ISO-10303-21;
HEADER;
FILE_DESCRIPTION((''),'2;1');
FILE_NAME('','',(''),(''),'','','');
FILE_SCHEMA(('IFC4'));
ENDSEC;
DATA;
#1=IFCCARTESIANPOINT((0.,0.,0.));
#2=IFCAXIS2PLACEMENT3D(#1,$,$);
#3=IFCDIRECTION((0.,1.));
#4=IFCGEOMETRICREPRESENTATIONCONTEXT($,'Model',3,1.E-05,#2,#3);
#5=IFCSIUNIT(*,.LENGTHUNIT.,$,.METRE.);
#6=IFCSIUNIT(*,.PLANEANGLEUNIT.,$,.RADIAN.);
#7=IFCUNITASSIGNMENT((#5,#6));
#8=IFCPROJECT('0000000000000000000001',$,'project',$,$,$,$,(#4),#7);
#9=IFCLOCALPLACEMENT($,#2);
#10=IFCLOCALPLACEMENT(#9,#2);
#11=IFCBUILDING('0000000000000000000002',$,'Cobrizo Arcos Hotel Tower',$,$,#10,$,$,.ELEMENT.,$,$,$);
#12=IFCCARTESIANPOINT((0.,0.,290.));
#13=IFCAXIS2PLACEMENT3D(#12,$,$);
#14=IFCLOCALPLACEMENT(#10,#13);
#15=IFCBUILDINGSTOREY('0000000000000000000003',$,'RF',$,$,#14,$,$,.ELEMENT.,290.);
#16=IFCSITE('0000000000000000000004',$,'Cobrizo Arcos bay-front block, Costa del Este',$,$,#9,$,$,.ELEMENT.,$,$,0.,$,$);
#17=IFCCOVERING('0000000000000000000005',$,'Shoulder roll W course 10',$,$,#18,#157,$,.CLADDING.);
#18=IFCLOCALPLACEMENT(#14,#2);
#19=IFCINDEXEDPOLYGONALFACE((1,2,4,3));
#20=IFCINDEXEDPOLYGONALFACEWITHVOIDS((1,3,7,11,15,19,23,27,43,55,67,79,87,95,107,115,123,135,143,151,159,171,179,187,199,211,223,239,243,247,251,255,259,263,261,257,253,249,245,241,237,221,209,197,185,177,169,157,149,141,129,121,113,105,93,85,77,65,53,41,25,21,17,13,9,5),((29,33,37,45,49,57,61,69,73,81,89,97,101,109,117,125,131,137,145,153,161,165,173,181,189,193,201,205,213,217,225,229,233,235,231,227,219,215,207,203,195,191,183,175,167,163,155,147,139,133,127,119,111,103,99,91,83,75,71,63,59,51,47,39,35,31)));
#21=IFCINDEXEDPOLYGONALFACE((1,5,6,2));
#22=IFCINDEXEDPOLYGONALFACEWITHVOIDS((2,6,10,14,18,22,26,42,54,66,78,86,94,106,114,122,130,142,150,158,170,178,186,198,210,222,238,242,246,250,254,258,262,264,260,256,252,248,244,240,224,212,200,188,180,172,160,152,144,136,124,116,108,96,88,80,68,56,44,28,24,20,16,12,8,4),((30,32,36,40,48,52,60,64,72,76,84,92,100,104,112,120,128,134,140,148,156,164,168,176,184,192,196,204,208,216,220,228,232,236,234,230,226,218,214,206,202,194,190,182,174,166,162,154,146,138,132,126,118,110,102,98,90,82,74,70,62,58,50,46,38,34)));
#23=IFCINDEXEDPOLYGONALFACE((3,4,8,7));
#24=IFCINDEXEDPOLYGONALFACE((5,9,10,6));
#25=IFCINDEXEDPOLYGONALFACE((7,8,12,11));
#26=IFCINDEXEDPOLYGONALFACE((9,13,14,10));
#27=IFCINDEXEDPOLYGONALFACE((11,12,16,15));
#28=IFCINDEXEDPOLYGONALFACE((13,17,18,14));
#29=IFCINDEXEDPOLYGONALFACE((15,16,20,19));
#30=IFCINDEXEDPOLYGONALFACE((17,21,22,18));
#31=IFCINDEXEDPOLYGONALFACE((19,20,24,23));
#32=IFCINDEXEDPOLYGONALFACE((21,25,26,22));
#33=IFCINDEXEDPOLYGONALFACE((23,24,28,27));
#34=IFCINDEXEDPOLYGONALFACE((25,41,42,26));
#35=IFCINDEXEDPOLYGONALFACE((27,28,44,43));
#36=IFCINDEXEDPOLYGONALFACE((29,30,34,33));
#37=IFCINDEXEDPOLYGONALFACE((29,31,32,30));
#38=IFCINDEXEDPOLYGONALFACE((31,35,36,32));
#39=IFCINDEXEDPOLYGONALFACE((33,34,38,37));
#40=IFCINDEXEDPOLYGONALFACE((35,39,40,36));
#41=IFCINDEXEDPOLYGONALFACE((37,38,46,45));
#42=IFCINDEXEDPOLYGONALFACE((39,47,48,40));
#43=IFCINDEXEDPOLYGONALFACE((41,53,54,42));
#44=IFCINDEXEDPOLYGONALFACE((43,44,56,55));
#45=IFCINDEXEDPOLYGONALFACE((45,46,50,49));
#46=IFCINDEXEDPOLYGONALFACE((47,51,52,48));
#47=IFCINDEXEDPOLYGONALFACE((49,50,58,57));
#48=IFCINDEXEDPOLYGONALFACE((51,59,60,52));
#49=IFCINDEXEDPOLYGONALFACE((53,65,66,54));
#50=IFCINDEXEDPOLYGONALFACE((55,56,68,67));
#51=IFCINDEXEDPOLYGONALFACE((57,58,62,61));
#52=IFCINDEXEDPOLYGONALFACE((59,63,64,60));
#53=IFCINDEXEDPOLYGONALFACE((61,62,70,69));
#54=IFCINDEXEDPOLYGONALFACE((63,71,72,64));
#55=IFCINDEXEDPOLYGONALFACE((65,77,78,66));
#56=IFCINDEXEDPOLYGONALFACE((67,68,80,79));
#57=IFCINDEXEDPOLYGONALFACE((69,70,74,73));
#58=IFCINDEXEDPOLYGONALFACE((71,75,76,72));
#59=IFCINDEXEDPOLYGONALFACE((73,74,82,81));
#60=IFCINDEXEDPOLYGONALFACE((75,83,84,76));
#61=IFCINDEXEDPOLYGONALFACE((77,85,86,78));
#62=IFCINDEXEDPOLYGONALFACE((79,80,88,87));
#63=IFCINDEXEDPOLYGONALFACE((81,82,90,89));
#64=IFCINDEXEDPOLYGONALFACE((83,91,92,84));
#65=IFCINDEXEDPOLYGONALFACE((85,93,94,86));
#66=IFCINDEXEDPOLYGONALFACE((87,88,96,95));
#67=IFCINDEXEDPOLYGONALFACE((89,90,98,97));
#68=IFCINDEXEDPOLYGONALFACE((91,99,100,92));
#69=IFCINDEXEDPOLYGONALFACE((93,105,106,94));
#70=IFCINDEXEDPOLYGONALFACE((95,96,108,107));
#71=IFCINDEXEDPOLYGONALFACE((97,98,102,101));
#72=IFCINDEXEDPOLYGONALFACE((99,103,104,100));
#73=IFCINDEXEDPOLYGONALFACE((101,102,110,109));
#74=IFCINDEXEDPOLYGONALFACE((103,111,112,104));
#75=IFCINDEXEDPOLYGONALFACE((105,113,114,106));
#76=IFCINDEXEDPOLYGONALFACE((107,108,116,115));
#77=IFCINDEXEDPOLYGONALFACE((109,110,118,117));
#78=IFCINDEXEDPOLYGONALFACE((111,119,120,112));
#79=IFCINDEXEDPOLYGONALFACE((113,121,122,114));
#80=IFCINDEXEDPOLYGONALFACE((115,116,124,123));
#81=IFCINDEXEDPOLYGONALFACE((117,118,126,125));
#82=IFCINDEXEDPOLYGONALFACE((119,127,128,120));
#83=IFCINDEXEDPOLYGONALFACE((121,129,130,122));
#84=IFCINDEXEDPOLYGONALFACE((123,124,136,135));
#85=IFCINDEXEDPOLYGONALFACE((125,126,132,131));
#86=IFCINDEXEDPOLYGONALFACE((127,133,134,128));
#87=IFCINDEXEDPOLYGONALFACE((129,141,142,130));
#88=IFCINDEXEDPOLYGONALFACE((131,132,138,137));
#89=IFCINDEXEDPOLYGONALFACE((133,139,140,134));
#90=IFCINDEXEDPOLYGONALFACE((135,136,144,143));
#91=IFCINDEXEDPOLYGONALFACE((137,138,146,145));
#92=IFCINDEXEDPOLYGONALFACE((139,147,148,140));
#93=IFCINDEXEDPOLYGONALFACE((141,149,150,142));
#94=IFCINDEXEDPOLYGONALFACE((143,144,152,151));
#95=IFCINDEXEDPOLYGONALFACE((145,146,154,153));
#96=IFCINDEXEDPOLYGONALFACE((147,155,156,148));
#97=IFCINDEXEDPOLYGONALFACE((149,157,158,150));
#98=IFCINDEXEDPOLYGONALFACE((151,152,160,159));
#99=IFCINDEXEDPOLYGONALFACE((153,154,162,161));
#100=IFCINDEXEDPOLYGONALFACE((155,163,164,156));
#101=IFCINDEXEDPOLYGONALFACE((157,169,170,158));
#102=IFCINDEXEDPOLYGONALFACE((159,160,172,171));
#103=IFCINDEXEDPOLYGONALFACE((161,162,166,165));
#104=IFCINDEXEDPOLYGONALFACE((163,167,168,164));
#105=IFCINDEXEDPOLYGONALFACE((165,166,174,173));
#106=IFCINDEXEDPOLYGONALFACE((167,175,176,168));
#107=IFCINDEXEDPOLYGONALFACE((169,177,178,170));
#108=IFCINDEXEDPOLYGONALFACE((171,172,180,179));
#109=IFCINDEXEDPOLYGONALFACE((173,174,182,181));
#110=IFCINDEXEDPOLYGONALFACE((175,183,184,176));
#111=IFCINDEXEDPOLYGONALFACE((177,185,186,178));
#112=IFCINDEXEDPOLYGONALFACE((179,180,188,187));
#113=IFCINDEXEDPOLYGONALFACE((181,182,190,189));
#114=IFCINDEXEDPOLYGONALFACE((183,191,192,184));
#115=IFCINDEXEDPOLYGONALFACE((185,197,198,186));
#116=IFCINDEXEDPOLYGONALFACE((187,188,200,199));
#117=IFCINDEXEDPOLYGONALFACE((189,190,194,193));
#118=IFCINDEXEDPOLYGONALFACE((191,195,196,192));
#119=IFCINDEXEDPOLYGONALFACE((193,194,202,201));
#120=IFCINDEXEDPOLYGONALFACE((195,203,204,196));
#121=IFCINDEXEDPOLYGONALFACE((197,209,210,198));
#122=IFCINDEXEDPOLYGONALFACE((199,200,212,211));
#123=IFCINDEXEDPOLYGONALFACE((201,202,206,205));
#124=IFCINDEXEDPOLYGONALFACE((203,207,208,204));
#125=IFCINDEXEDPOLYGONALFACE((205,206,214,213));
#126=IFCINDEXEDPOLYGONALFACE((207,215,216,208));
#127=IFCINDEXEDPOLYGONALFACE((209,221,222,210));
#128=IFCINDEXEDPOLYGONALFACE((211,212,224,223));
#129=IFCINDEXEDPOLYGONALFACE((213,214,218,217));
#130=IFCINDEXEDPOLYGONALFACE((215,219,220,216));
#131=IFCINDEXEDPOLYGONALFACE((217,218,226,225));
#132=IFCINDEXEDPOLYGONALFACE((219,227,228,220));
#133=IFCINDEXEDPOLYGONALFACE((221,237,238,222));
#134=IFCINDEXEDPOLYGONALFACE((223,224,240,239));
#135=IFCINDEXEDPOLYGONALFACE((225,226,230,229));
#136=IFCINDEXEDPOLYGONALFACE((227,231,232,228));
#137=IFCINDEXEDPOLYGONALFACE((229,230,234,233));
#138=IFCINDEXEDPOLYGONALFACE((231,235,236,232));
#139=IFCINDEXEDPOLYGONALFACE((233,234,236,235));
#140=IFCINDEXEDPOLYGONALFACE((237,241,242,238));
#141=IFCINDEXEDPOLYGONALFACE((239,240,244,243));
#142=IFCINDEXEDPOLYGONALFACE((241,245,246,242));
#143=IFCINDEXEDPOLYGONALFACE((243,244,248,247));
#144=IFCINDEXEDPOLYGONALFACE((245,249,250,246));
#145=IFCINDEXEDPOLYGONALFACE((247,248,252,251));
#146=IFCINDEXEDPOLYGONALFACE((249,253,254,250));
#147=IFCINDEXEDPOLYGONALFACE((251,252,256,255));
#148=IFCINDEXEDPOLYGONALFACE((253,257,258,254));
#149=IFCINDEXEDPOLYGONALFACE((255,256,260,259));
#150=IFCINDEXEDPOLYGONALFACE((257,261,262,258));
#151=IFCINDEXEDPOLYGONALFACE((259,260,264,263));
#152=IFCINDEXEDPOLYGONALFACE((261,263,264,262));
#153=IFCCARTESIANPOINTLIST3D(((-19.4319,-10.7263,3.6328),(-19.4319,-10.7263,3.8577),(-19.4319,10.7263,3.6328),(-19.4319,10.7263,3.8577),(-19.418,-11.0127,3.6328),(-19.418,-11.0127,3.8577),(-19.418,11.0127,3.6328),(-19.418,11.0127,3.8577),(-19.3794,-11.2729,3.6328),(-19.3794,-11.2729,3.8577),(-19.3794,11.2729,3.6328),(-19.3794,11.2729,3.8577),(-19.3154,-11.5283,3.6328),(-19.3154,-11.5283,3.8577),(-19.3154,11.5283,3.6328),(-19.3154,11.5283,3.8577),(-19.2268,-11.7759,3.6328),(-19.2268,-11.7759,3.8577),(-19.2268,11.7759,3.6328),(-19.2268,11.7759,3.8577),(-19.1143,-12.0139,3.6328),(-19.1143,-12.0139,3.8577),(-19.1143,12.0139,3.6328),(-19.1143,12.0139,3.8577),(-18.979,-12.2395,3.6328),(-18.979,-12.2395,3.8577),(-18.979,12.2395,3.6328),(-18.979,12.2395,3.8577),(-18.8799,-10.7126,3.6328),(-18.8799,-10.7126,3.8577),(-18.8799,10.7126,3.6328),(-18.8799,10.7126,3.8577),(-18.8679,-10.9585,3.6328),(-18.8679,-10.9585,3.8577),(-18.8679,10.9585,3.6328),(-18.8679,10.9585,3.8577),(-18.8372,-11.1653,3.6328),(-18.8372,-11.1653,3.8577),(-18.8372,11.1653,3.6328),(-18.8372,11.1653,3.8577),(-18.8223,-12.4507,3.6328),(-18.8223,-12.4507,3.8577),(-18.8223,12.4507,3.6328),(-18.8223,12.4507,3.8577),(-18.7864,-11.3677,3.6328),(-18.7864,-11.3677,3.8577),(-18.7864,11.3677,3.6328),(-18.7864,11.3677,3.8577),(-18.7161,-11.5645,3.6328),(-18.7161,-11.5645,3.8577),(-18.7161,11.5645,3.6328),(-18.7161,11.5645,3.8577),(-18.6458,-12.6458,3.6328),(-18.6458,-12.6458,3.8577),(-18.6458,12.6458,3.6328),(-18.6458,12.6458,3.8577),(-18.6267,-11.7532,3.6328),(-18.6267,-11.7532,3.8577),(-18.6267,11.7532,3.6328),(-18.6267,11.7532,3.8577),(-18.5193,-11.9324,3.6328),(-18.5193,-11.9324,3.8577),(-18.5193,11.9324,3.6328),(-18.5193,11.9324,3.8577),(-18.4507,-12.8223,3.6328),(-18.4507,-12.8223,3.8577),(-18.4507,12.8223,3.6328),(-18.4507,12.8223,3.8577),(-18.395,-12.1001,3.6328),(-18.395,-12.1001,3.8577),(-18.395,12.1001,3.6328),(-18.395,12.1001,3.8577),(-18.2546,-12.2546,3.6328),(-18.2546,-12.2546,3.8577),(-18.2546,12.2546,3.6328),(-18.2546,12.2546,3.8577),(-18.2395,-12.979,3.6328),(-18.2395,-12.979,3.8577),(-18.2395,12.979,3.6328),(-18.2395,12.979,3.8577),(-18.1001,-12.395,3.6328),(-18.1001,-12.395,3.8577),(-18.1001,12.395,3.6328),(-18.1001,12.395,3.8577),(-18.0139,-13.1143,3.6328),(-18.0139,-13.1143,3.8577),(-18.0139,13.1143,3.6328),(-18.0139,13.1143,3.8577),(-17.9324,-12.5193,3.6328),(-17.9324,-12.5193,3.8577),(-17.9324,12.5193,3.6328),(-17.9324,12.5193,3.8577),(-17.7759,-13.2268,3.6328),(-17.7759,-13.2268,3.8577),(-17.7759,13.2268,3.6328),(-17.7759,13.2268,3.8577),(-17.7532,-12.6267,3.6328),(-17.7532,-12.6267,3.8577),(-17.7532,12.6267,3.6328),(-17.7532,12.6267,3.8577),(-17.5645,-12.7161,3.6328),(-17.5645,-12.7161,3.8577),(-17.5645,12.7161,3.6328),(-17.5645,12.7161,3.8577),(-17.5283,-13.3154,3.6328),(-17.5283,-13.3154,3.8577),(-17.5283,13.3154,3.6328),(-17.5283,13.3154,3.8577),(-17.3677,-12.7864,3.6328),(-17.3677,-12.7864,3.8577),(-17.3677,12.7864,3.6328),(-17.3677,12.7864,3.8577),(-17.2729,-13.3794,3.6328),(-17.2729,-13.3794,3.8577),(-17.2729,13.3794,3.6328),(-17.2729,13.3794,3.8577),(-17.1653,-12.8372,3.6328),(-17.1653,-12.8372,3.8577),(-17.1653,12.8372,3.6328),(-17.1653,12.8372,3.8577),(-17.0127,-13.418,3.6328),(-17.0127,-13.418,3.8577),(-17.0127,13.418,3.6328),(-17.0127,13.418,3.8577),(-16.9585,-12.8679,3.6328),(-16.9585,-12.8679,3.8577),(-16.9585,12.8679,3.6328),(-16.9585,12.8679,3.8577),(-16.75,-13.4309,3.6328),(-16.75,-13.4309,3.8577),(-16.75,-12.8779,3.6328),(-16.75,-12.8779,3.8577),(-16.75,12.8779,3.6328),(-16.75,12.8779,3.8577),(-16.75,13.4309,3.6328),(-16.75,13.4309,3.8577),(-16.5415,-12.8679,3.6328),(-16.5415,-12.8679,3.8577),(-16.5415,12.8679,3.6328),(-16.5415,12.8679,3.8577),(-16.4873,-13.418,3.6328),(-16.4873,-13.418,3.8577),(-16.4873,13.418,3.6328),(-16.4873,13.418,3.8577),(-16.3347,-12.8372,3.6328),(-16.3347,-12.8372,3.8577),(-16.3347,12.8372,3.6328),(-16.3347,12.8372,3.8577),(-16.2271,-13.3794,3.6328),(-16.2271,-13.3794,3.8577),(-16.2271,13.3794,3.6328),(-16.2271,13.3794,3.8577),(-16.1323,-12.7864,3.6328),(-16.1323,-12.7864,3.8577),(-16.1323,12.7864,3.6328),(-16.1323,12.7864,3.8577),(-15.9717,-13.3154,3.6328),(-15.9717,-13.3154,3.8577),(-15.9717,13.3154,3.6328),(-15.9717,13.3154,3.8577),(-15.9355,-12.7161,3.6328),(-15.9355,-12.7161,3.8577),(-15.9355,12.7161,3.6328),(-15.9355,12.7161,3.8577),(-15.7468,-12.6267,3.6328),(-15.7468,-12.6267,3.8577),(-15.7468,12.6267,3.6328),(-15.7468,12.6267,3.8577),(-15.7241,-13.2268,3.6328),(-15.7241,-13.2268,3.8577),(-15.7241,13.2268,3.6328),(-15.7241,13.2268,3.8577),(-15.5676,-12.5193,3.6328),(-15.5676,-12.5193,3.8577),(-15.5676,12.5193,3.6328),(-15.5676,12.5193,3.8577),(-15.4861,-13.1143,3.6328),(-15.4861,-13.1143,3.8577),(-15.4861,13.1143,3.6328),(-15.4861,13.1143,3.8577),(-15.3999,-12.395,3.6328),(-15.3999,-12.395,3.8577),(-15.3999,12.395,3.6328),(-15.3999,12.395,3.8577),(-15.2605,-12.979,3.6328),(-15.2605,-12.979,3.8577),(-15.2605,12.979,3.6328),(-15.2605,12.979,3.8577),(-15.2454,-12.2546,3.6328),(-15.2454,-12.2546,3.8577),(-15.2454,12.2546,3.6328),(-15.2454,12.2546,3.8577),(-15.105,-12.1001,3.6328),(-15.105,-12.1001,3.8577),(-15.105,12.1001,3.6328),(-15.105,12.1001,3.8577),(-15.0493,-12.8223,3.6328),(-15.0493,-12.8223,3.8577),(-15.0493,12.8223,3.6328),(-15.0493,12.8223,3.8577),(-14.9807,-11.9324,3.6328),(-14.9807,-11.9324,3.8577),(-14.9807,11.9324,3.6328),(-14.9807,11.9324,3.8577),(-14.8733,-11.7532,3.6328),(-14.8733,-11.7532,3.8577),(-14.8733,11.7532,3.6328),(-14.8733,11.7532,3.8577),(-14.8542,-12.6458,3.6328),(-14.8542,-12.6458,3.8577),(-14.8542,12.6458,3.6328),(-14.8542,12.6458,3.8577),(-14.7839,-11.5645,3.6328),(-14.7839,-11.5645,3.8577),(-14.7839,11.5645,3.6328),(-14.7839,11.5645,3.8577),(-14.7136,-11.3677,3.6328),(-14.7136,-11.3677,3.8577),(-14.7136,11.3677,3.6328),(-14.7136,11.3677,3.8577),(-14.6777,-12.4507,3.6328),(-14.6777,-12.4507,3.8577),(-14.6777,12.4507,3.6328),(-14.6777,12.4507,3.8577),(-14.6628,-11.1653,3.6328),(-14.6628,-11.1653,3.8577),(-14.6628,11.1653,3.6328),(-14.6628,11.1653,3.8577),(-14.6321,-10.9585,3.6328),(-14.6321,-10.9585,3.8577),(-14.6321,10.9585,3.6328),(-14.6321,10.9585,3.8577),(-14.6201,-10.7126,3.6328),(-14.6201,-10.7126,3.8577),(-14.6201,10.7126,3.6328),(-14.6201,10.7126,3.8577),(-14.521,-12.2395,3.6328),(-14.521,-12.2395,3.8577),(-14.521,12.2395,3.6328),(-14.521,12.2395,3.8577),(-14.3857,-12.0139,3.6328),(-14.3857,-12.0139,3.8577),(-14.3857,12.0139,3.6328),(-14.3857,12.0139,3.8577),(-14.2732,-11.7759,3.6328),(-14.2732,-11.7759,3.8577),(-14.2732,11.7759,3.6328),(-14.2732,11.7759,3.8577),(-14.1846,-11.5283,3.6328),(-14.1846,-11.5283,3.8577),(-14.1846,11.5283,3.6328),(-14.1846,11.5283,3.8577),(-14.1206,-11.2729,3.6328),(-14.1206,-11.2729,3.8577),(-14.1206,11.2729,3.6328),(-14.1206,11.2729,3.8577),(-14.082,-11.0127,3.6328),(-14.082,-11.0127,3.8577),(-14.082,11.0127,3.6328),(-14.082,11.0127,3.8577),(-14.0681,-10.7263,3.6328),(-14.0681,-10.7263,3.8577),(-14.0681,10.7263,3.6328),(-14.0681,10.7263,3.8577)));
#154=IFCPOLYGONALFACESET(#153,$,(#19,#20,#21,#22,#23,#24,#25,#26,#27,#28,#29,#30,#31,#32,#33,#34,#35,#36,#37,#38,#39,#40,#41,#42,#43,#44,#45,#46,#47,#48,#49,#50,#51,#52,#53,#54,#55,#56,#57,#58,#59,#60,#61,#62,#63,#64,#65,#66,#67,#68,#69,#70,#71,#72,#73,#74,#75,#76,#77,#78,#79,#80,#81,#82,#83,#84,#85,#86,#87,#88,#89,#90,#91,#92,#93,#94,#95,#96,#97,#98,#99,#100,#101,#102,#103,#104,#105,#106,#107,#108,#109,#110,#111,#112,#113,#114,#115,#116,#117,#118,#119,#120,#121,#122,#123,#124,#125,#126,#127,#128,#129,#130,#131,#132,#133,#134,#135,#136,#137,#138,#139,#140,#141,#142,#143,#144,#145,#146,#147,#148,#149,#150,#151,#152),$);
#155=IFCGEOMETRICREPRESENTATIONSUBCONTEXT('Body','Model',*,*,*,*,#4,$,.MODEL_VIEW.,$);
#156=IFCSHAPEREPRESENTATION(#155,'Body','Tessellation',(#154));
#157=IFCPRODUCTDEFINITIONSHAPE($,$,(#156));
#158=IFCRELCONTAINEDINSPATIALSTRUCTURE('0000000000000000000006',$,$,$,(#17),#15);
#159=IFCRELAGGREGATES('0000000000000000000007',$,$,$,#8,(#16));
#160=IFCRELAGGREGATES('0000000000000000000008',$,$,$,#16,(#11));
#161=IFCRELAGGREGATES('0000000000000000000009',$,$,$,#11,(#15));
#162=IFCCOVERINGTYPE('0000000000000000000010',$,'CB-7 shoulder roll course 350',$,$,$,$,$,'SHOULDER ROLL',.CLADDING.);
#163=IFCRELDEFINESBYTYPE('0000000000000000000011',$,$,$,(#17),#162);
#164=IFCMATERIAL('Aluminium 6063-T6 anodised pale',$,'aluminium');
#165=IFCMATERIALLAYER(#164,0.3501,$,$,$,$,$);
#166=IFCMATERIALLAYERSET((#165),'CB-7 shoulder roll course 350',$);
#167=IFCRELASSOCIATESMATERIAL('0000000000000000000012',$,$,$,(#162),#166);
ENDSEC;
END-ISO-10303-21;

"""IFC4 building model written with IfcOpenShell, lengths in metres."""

from ifc_helpers import new_model, si_unit, direction, frame, origin, place, context, subcontext, project, spatial, polyline, outline, extrude, material, layer, layer_set, type_object, element, save


model = new_model("IFC4")

# Units and contexts
model_context = context("Model", 3, precision=1e-05, world=origin(), true_north=direction((0.0, 1.0)))
body_context = subcontext(model_context, "Body", "Model", "MODEL_VIEW")
ifc_project = project(units=[si_unit("LENGTHUNIT", "METRE"), si_unit("PLANEANGLEUNIT", "RADIAN")], contexts=[model_context])

# Site, building, storey
site_placement = place(None, origin())
site = spatial("IfcSite", under=ifc_project, at=site_placement, Name="Cobrizo Arcos bay-front block, Costa del Este", CompositionType="ELEMENT", RefElevation=0.0)
building_placement = place(site_placement, origin())
building = spatial("IfcBuilding", under=site, at=building_placement, Name="Cobrizo Arcos Hotel Tower", CompositionType="ELEMENT")
storey_placement = place(building_placement, frame((0.0, 0.0, 290.0)))
storey = spatial("IfcBuildingStorey", under=building, at=storey_placement, Name="RF", CompositionType="ELEMENT", Elevation=290.0)

# Covering
ifc_material_1 = material(Name="Aluminium 6063-T6 anodised pale", Category="aluminium")
ifc_layer_1 = layer(ifc_material_1, 0.3501)
ifc_layer_set_1 = layer_set([ifc_layer_1], Name="CB-7 shoulder roll course 350")
covering_type_1 = type_object("IfcCoveringType", Name="CB-7 shoulder roll course 350", ElementType="SHOULDER ROLL", PredefinedType="CLADDING", material=ifc_layer_set_1)
covering_1_placement = place(storey_placement, frame((0.0, 0.0, 3.6328)))
element("IfcCovering", 1, at=covering_1_placement, inside=storey, type_object=covering_type_1, Name="Shoulder roll W course 10", PredefinedType="CLADDING", context=body_context, shape_type="SweptSolid", body=[
    extrude(outline(polyline([(-19.4319, 10.7263), (-19.418, 11.0127), (-19.3794, 11.2729), (-19.3154, 11.5283), (-19.2268, 11.7759), (-19.1143, 12.0139), (-18.979, 12.2395), (-18.8223, 12.4507), (-18.6458, 12.6458), (-18.4507, 12.8223), (-18.2395, 12.979), (-18.0139, 13.1143), (-17.7759, 13.2268), (-17.5283, 13.3154), (-17.2729, 13.3794), (-17.0127, 13.418), (-16.75, 13.4309), (-16.4873, 13.418), (-16.2271, 13.3794), (-15.9717, 13.3154), (-15.7241, 13.2268), (-15.4861, 13.1143), (-15.2605, 12.979), (-15.0493, 12.8223), (-14.8542, 12.6458), (-14.6777, 12.4507), (-14.521, 12.2395), (-14.3857, 12.0139), (-14.2732, 11.7759), (-14.1846, 11.5283), (-14.1206, 11.2729), (-14.082, 11.0127), (-14.0681, 10.7263), (-14.0681, -10.7263), (-14.082, -11.0127), (-14.1206, -11.2729), (-14.1846, -11.5283), (-14.2732, -11.7759), (-14.3857, -12.0139), (-14.521, -12.2395), (-14.6777, -12.4507), (-14.8542, -12.6458), (-15.0493, -12.8223), (-15.2605, -12.979), (-15.4861, -13.1143), (-15.7241, -13.2268), (-15.9717, -13.3154), (-16.2271, -13.3794), (-16.4873, -13.418), (-16.75, -13.4309), (-17.0127, -13.418), (-17.2729, -13.3794), (-17.5283, -13.3154), (-17.7759, -13.2268), (-18.0139, -13.1143), (-18.2395, -12.979), (-18.4507, -12.8223), (-18.6458, -12.6458), (-18.8223, -12.4507), (-18.979, -12.2395), (-19.1143, -12.0139), (-19.2268, -11.7759), (-19.3154, -11.5283), (-19.3794, -11.2729), (-19.418, -11.0127), (-19.4319, -10.7263), (-19.4319, 10.7263)]), holes=[polyline([(-18.8799, 10.7126), (-18.8679, 10.9585), (-18.8372, 11.1653), (-18.7864, 11.3677), (-18.7161, 11.5645), (-18.6267, 11.7532), (-18.5193, 11.9324), (-18.395, 12.1001), (-18.2546, 12.2546), (-18.1001, 12.395), (-17.9324, 12.5193), (-17.7532, 12.6267), (-17.5645, 12.7161), (-17.3677, 12.7864), (-17.1653, 12.8372), (-16.9585, 12.8679), (-16.75, 12.8779), (-16.5415, 12.8679), (-16.3347, 12.8372), (-16.1323, 12.7864), (-15.9355, 12.7161), (-15.7468, 12.6267), (-15.5676, 12.5193), (-15.3999, 12.395), (-15.2454, 12.2546), (-15.105, 12.1001), (-14.9807, 11.9324), (-14.8733, 11.7532), (-14.7839, 11.5645), (-14.7136, 11.3677), (-14.6628, 11.1653), (-14.6321, 10.9585), (-14.6201, 10.7126), (-14.6201, -10.7126), (-14.6321, -10.9585), (-14.6628, -11.1653), (-14.7136, -11.3677), (-14.7839, -11.5645), (-14.8733, -11.7532), (-14.9807, -11.9324), (-15.105, -12.1001), (-15.2454, -12.2546), (-15.3999, -12.395), (-15.5676, -12.5193), (-15.7468, -12.6267), (-15.9355, -12.7161), (-16.1323, -12.7864), (-16.3347, -12.8372), (-16.5415, -12.8679), (-16.75, -12.8779), (-16.9585, -12.8679), (-17.1653, -12.8372), (-17.3677, -12.7864), (-17.5645, -12.7161), (-17.7532, -12.6267), (-17.9324, -12.5193), (-18.1001, -12.395), (-18.2546, -12.2546), (-18.395, -12.1001), (-18.5193, -11.9324), (-18.6267, -11.7532), (-18.7161, -11.5645), (-18.7864, -11.3677), (-18.8372, -11.1653), (-18.8679, -10.9585), (-18.8799, -10.7126), (-18.8799, 10.7126)])]), origin(), (0.0, 0.0, 1.0), 0.2249),
])

save(model, "model.ifc")
